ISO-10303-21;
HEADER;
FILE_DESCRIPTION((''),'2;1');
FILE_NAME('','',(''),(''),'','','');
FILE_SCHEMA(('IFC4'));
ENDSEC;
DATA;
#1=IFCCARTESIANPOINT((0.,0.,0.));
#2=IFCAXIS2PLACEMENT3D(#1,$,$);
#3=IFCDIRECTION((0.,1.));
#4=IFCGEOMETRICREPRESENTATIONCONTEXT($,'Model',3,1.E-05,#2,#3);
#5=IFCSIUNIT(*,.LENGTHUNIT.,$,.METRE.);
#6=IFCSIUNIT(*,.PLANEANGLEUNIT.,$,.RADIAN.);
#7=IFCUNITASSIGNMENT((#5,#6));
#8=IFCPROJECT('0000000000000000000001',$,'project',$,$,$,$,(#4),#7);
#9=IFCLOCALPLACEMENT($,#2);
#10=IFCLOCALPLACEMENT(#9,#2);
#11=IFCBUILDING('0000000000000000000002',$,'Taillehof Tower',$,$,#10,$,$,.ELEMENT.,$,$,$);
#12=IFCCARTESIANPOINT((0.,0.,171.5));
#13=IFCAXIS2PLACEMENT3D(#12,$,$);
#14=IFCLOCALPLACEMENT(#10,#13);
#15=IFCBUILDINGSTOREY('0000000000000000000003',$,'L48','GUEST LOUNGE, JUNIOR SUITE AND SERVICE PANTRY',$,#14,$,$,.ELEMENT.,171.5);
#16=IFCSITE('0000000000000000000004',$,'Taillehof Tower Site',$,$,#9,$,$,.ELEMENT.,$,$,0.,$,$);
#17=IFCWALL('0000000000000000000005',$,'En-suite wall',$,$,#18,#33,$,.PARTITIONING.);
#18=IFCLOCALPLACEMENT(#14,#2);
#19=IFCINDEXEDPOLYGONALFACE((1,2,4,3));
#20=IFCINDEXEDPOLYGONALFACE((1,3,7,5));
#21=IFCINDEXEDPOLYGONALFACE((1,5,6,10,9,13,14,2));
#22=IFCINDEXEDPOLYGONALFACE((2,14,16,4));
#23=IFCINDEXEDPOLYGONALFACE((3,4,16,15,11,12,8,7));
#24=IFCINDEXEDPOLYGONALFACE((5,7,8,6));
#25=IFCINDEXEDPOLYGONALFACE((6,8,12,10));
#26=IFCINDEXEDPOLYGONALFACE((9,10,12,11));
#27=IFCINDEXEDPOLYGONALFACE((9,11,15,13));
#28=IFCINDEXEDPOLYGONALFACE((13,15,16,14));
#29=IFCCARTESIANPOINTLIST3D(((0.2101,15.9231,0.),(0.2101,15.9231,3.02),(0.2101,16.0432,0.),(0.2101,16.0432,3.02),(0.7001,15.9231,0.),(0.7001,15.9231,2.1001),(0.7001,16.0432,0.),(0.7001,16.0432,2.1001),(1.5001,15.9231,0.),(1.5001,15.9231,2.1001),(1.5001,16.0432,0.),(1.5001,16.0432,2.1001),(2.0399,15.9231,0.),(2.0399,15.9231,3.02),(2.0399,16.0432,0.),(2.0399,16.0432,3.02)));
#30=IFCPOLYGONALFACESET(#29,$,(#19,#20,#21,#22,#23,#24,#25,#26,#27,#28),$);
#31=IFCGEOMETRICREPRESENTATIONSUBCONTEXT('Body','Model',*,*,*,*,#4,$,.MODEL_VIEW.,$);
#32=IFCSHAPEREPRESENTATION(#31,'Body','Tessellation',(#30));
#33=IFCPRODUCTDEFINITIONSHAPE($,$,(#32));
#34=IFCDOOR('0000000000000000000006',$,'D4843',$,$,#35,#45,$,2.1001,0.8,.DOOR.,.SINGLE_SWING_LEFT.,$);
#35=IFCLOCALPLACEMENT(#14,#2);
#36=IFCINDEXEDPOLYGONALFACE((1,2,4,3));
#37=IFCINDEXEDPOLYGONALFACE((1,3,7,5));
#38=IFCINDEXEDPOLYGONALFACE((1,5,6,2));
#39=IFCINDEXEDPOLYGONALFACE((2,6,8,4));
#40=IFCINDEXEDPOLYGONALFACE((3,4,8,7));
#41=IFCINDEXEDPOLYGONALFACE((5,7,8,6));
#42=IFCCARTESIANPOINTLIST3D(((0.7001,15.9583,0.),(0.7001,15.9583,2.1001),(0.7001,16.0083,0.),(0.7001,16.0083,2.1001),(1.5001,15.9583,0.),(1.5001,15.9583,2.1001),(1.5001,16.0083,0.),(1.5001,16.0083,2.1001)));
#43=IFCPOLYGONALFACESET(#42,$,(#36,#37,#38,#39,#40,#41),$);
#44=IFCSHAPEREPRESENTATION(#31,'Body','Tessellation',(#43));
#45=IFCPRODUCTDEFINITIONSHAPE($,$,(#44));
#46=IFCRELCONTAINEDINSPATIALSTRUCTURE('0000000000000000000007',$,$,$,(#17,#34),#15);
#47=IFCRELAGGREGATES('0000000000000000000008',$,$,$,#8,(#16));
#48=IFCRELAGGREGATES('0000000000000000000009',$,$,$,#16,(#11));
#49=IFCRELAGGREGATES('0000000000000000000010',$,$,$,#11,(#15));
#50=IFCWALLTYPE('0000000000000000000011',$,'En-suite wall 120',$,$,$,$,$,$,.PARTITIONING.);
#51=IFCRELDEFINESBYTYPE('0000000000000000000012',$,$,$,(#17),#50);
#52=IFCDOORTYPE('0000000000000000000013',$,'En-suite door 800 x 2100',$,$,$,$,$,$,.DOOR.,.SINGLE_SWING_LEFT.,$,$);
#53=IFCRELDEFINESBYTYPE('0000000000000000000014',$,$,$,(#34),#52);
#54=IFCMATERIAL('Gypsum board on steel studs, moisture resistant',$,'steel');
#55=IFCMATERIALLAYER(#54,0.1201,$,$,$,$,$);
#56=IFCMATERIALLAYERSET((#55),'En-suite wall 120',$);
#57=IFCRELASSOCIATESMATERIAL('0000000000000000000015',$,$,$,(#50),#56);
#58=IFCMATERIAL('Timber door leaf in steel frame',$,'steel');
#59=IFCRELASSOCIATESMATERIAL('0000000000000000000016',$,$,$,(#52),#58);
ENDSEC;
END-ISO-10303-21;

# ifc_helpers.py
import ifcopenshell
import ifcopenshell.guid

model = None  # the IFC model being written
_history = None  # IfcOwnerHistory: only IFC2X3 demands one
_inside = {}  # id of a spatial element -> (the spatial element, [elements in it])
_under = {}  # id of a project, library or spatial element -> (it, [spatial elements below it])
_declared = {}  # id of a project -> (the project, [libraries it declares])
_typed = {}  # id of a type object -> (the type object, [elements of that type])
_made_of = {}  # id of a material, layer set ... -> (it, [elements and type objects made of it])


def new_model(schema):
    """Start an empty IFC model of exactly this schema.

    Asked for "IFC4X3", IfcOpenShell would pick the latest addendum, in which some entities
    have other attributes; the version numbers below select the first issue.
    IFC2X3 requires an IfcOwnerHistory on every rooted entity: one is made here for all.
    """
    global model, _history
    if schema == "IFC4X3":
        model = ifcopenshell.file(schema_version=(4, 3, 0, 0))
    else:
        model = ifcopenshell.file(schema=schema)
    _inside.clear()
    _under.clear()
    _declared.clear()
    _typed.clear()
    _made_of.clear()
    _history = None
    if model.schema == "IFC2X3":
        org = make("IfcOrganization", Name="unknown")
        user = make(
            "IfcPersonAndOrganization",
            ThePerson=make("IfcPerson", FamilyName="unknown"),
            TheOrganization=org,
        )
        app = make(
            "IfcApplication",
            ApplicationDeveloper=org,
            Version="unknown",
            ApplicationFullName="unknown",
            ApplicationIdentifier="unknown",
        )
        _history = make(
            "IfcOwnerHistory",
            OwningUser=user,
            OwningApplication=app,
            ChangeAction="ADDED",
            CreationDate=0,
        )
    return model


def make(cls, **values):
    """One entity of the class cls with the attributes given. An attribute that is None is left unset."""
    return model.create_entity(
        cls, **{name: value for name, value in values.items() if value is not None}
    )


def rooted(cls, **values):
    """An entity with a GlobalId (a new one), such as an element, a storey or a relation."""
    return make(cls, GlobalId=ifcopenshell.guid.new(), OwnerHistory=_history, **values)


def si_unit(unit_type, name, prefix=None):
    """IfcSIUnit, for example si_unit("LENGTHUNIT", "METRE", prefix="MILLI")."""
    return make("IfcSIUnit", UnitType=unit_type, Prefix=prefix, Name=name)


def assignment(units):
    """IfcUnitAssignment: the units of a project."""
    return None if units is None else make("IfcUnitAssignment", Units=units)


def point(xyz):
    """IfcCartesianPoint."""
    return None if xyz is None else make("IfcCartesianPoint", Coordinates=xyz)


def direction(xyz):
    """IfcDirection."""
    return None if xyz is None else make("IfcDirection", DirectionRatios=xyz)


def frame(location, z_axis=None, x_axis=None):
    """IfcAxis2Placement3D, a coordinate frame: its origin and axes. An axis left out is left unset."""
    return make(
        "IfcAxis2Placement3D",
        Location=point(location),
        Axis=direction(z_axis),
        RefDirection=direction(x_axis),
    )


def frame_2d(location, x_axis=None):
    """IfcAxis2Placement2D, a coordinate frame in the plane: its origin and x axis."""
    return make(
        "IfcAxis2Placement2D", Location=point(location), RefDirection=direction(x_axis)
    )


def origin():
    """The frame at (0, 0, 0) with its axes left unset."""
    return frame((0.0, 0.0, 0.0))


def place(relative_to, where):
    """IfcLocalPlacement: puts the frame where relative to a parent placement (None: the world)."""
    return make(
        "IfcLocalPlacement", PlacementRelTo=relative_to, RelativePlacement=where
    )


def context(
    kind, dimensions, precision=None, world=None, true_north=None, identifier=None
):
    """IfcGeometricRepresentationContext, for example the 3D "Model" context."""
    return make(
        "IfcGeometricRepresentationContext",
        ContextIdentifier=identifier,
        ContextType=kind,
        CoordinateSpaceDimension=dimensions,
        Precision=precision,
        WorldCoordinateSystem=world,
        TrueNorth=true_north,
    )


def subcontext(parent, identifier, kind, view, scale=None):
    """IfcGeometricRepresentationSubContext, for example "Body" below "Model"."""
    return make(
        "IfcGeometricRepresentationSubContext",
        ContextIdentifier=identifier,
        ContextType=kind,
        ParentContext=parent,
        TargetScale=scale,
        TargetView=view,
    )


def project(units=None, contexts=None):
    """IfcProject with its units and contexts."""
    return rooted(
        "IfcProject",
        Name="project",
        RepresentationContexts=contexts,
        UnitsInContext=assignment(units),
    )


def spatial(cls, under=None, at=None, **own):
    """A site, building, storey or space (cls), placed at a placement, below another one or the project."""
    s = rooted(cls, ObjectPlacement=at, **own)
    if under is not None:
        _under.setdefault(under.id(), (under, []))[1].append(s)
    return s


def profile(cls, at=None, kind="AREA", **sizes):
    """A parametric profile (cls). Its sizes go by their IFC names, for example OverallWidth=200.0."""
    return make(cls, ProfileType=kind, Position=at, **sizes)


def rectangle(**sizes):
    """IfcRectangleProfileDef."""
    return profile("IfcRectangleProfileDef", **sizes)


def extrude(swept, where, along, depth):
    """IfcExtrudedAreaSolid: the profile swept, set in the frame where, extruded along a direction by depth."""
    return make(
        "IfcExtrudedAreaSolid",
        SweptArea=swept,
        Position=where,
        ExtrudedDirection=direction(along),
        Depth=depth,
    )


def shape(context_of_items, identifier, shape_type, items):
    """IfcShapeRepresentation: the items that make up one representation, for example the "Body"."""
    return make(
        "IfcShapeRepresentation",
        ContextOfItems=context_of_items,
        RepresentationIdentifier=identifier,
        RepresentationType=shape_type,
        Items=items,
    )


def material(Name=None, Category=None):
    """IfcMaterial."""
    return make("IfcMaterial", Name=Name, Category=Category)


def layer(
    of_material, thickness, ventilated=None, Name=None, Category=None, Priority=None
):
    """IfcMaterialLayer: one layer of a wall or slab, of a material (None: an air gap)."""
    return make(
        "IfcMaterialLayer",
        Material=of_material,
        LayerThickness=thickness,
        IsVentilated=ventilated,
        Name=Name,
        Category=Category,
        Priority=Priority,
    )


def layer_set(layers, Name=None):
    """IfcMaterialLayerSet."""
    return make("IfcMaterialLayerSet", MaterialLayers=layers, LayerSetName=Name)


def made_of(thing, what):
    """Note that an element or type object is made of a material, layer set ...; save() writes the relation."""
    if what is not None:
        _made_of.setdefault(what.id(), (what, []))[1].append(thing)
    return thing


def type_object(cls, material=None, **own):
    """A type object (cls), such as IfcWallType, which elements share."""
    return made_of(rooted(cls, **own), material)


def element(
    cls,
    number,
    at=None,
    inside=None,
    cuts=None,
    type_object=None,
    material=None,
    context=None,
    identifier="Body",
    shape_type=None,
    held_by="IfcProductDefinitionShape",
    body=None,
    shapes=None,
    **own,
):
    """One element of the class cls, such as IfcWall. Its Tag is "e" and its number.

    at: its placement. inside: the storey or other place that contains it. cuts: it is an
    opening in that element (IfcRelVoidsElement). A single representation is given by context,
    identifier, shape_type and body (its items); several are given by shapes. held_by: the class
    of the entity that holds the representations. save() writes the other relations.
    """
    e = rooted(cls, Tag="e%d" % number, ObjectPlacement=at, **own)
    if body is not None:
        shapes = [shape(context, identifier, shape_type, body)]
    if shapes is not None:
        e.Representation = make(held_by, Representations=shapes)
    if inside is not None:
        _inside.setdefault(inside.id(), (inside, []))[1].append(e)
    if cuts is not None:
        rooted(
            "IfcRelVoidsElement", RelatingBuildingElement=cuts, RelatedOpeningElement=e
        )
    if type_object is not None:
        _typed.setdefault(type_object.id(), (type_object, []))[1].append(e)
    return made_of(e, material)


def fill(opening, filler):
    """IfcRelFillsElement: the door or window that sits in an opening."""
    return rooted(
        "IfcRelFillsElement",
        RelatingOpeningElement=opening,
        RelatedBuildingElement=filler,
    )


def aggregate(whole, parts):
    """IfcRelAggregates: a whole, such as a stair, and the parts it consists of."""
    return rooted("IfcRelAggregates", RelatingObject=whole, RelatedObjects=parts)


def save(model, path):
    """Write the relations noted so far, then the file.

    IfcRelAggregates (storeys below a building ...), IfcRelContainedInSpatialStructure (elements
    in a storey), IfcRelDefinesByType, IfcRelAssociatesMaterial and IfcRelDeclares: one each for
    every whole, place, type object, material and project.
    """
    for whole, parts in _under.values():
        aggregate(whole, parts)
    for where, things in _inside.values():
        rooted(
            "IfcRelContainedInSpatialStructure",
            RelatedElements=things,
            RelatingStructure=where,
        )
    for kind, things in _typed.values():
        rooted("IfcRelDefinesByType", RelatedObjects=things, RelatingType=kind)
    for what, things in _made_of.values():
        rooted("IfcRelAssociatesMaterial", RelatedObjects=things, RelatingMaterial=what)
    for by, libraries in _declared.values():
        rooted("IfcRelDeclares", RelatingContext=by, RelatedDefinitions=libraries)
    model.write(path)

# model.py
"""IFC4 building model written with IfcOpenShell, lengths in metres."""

from ifc_helpers import new_model, si_unit, direction, frame, frame_2d, origin, place, context, subcontext, project, spatial, rectangle, extrude, material, layer, layer_set, type_object, element, fill, save


model = new_model("IFC4")

# Units and contexts
model_context = context("Model", 3, precision=1e-05, world=origin(), true_north=direction((0.0, 1.0)))
body_context = subcontext(model_context, "Body", "Model", "MODEL_VIEW")
ifc_project = project(units=[si_unit("LENGTHUNIT", "METRE"), si_unit("PLANEANGLEUNIT", "RADIAN")], contexts=[model_context])

# Site, building, storey
site_placement = place(None, origin())
site = spatial("IfcSite", under=ifc_project, at=site_placement, Name="Taillehof Tower Site", CompositionType="ELEMENT", RefElevation=0.0)
building_placement = place(site_placement, origin())
building = spatial("IfcBuilding", under=site, at=building_placement, Name="Taillehof Tower", CompositionType="ELEMENT")
storey_placement = place(building_placement, frame((0.0, 0.0, 171.5)))
storey = spatial("IfcBuildingStorey", under=building, at=storey_placement, Name="L48", Description="GUEST LOUNGE, JUNIOR SUITE AND SERVICE PANTRY", CompositionType="ELEMENT", Elevation=171.5)

# Shared definitions
ifc_material_1 = material(Name="Gypsum board on steel studs, moisture resistant", Category="steel")
ifc_layer_1 = layer(ifc_material_1, 0.1201)
ifc_layer_set_1 = layer_set([ifc_layer_1], Name="En-suite wall 120")
wall_type_1 = type_object("IfcWallType", Name="En-suite wall 120", PredefinedType="PARTITIONING", material=ifc_layer_set_1)

# Wall, opening, door
wall_1_placement = place(storey_placement, frame((2.04, 15.9832, 0.0), z_axis=(0.0, 0.0, 1.0), x_axis=(-1.0, 0.0, 0.0)))
wall_1 = element("IfcWall", 1, at=wall_1_placement, inside=storey, type_object=wall_type_1, Name="En-suite wall", PredefinedType="PARTITIONING", context=body_context, shape_type="SweptSolid", body=[
    extrude(rectangle(XDim=1.8298, YDim=0.1201, at=frame_2d((0.915, 0.0))), origin(), (0.0, 0.0, 1.0), 3.02),
])
opening_1_placement = place(wall_1_placement, frame((0.54, 0.0, 0.0)))
opening_1 = element("IfcOpeningElement", 2, at=opening_1_placement, cuts=wall_1, PredefinedType="OPENING", context=body_context, shape_type="SweptSolid", body=[
    extrude(rectangle(XDim=0.8, YDim=2.1001, at=frame_2d((0.3999, 1.05))), frame((0.0, 0.0701, 0.0), z_axis=(0.0, -1.0, 0.0), x_axis=(1.0, 0.0, 0.0)), (0.0, 0.0, 1.0), 0.1401),
])
ifc_material_2 = material(Name="Timber door leaf in steel frame", Category="steel")
door_type = type_object("IfcDoorType", Name="En-suite door 800 x 2100", OperationType="SINGLE_SWING_LEFT", PredefinedType="DOOR", material=ifc_material_2)
door_placement = place(opening_1_placement, origin())
door = element("IfcDoor", 3, at=door_placement, inside=storey, type_object=door_type, Name="D4843", OperationType="SINGLE_SWING_LEFT", OverallHeight=2.1001, OverallWidth=0.8, PredefinedType="DOOR", context=body_context, shape_type="SweptSolid", body=[
    extrude(rectangle(XDim=0.8, YDim=2.1001, at=frame_2d((0.3999, 1.05))), frame((0.0, 0.0249, 0.0), z_axis=(0.0, -1.0, 0.0), x_axis=(1.0, 0.0, 0.0)), (0.0, 0.0, 1.0), 0.05),
])
fill(opening_1, door)

save(model, "model.ifc")
